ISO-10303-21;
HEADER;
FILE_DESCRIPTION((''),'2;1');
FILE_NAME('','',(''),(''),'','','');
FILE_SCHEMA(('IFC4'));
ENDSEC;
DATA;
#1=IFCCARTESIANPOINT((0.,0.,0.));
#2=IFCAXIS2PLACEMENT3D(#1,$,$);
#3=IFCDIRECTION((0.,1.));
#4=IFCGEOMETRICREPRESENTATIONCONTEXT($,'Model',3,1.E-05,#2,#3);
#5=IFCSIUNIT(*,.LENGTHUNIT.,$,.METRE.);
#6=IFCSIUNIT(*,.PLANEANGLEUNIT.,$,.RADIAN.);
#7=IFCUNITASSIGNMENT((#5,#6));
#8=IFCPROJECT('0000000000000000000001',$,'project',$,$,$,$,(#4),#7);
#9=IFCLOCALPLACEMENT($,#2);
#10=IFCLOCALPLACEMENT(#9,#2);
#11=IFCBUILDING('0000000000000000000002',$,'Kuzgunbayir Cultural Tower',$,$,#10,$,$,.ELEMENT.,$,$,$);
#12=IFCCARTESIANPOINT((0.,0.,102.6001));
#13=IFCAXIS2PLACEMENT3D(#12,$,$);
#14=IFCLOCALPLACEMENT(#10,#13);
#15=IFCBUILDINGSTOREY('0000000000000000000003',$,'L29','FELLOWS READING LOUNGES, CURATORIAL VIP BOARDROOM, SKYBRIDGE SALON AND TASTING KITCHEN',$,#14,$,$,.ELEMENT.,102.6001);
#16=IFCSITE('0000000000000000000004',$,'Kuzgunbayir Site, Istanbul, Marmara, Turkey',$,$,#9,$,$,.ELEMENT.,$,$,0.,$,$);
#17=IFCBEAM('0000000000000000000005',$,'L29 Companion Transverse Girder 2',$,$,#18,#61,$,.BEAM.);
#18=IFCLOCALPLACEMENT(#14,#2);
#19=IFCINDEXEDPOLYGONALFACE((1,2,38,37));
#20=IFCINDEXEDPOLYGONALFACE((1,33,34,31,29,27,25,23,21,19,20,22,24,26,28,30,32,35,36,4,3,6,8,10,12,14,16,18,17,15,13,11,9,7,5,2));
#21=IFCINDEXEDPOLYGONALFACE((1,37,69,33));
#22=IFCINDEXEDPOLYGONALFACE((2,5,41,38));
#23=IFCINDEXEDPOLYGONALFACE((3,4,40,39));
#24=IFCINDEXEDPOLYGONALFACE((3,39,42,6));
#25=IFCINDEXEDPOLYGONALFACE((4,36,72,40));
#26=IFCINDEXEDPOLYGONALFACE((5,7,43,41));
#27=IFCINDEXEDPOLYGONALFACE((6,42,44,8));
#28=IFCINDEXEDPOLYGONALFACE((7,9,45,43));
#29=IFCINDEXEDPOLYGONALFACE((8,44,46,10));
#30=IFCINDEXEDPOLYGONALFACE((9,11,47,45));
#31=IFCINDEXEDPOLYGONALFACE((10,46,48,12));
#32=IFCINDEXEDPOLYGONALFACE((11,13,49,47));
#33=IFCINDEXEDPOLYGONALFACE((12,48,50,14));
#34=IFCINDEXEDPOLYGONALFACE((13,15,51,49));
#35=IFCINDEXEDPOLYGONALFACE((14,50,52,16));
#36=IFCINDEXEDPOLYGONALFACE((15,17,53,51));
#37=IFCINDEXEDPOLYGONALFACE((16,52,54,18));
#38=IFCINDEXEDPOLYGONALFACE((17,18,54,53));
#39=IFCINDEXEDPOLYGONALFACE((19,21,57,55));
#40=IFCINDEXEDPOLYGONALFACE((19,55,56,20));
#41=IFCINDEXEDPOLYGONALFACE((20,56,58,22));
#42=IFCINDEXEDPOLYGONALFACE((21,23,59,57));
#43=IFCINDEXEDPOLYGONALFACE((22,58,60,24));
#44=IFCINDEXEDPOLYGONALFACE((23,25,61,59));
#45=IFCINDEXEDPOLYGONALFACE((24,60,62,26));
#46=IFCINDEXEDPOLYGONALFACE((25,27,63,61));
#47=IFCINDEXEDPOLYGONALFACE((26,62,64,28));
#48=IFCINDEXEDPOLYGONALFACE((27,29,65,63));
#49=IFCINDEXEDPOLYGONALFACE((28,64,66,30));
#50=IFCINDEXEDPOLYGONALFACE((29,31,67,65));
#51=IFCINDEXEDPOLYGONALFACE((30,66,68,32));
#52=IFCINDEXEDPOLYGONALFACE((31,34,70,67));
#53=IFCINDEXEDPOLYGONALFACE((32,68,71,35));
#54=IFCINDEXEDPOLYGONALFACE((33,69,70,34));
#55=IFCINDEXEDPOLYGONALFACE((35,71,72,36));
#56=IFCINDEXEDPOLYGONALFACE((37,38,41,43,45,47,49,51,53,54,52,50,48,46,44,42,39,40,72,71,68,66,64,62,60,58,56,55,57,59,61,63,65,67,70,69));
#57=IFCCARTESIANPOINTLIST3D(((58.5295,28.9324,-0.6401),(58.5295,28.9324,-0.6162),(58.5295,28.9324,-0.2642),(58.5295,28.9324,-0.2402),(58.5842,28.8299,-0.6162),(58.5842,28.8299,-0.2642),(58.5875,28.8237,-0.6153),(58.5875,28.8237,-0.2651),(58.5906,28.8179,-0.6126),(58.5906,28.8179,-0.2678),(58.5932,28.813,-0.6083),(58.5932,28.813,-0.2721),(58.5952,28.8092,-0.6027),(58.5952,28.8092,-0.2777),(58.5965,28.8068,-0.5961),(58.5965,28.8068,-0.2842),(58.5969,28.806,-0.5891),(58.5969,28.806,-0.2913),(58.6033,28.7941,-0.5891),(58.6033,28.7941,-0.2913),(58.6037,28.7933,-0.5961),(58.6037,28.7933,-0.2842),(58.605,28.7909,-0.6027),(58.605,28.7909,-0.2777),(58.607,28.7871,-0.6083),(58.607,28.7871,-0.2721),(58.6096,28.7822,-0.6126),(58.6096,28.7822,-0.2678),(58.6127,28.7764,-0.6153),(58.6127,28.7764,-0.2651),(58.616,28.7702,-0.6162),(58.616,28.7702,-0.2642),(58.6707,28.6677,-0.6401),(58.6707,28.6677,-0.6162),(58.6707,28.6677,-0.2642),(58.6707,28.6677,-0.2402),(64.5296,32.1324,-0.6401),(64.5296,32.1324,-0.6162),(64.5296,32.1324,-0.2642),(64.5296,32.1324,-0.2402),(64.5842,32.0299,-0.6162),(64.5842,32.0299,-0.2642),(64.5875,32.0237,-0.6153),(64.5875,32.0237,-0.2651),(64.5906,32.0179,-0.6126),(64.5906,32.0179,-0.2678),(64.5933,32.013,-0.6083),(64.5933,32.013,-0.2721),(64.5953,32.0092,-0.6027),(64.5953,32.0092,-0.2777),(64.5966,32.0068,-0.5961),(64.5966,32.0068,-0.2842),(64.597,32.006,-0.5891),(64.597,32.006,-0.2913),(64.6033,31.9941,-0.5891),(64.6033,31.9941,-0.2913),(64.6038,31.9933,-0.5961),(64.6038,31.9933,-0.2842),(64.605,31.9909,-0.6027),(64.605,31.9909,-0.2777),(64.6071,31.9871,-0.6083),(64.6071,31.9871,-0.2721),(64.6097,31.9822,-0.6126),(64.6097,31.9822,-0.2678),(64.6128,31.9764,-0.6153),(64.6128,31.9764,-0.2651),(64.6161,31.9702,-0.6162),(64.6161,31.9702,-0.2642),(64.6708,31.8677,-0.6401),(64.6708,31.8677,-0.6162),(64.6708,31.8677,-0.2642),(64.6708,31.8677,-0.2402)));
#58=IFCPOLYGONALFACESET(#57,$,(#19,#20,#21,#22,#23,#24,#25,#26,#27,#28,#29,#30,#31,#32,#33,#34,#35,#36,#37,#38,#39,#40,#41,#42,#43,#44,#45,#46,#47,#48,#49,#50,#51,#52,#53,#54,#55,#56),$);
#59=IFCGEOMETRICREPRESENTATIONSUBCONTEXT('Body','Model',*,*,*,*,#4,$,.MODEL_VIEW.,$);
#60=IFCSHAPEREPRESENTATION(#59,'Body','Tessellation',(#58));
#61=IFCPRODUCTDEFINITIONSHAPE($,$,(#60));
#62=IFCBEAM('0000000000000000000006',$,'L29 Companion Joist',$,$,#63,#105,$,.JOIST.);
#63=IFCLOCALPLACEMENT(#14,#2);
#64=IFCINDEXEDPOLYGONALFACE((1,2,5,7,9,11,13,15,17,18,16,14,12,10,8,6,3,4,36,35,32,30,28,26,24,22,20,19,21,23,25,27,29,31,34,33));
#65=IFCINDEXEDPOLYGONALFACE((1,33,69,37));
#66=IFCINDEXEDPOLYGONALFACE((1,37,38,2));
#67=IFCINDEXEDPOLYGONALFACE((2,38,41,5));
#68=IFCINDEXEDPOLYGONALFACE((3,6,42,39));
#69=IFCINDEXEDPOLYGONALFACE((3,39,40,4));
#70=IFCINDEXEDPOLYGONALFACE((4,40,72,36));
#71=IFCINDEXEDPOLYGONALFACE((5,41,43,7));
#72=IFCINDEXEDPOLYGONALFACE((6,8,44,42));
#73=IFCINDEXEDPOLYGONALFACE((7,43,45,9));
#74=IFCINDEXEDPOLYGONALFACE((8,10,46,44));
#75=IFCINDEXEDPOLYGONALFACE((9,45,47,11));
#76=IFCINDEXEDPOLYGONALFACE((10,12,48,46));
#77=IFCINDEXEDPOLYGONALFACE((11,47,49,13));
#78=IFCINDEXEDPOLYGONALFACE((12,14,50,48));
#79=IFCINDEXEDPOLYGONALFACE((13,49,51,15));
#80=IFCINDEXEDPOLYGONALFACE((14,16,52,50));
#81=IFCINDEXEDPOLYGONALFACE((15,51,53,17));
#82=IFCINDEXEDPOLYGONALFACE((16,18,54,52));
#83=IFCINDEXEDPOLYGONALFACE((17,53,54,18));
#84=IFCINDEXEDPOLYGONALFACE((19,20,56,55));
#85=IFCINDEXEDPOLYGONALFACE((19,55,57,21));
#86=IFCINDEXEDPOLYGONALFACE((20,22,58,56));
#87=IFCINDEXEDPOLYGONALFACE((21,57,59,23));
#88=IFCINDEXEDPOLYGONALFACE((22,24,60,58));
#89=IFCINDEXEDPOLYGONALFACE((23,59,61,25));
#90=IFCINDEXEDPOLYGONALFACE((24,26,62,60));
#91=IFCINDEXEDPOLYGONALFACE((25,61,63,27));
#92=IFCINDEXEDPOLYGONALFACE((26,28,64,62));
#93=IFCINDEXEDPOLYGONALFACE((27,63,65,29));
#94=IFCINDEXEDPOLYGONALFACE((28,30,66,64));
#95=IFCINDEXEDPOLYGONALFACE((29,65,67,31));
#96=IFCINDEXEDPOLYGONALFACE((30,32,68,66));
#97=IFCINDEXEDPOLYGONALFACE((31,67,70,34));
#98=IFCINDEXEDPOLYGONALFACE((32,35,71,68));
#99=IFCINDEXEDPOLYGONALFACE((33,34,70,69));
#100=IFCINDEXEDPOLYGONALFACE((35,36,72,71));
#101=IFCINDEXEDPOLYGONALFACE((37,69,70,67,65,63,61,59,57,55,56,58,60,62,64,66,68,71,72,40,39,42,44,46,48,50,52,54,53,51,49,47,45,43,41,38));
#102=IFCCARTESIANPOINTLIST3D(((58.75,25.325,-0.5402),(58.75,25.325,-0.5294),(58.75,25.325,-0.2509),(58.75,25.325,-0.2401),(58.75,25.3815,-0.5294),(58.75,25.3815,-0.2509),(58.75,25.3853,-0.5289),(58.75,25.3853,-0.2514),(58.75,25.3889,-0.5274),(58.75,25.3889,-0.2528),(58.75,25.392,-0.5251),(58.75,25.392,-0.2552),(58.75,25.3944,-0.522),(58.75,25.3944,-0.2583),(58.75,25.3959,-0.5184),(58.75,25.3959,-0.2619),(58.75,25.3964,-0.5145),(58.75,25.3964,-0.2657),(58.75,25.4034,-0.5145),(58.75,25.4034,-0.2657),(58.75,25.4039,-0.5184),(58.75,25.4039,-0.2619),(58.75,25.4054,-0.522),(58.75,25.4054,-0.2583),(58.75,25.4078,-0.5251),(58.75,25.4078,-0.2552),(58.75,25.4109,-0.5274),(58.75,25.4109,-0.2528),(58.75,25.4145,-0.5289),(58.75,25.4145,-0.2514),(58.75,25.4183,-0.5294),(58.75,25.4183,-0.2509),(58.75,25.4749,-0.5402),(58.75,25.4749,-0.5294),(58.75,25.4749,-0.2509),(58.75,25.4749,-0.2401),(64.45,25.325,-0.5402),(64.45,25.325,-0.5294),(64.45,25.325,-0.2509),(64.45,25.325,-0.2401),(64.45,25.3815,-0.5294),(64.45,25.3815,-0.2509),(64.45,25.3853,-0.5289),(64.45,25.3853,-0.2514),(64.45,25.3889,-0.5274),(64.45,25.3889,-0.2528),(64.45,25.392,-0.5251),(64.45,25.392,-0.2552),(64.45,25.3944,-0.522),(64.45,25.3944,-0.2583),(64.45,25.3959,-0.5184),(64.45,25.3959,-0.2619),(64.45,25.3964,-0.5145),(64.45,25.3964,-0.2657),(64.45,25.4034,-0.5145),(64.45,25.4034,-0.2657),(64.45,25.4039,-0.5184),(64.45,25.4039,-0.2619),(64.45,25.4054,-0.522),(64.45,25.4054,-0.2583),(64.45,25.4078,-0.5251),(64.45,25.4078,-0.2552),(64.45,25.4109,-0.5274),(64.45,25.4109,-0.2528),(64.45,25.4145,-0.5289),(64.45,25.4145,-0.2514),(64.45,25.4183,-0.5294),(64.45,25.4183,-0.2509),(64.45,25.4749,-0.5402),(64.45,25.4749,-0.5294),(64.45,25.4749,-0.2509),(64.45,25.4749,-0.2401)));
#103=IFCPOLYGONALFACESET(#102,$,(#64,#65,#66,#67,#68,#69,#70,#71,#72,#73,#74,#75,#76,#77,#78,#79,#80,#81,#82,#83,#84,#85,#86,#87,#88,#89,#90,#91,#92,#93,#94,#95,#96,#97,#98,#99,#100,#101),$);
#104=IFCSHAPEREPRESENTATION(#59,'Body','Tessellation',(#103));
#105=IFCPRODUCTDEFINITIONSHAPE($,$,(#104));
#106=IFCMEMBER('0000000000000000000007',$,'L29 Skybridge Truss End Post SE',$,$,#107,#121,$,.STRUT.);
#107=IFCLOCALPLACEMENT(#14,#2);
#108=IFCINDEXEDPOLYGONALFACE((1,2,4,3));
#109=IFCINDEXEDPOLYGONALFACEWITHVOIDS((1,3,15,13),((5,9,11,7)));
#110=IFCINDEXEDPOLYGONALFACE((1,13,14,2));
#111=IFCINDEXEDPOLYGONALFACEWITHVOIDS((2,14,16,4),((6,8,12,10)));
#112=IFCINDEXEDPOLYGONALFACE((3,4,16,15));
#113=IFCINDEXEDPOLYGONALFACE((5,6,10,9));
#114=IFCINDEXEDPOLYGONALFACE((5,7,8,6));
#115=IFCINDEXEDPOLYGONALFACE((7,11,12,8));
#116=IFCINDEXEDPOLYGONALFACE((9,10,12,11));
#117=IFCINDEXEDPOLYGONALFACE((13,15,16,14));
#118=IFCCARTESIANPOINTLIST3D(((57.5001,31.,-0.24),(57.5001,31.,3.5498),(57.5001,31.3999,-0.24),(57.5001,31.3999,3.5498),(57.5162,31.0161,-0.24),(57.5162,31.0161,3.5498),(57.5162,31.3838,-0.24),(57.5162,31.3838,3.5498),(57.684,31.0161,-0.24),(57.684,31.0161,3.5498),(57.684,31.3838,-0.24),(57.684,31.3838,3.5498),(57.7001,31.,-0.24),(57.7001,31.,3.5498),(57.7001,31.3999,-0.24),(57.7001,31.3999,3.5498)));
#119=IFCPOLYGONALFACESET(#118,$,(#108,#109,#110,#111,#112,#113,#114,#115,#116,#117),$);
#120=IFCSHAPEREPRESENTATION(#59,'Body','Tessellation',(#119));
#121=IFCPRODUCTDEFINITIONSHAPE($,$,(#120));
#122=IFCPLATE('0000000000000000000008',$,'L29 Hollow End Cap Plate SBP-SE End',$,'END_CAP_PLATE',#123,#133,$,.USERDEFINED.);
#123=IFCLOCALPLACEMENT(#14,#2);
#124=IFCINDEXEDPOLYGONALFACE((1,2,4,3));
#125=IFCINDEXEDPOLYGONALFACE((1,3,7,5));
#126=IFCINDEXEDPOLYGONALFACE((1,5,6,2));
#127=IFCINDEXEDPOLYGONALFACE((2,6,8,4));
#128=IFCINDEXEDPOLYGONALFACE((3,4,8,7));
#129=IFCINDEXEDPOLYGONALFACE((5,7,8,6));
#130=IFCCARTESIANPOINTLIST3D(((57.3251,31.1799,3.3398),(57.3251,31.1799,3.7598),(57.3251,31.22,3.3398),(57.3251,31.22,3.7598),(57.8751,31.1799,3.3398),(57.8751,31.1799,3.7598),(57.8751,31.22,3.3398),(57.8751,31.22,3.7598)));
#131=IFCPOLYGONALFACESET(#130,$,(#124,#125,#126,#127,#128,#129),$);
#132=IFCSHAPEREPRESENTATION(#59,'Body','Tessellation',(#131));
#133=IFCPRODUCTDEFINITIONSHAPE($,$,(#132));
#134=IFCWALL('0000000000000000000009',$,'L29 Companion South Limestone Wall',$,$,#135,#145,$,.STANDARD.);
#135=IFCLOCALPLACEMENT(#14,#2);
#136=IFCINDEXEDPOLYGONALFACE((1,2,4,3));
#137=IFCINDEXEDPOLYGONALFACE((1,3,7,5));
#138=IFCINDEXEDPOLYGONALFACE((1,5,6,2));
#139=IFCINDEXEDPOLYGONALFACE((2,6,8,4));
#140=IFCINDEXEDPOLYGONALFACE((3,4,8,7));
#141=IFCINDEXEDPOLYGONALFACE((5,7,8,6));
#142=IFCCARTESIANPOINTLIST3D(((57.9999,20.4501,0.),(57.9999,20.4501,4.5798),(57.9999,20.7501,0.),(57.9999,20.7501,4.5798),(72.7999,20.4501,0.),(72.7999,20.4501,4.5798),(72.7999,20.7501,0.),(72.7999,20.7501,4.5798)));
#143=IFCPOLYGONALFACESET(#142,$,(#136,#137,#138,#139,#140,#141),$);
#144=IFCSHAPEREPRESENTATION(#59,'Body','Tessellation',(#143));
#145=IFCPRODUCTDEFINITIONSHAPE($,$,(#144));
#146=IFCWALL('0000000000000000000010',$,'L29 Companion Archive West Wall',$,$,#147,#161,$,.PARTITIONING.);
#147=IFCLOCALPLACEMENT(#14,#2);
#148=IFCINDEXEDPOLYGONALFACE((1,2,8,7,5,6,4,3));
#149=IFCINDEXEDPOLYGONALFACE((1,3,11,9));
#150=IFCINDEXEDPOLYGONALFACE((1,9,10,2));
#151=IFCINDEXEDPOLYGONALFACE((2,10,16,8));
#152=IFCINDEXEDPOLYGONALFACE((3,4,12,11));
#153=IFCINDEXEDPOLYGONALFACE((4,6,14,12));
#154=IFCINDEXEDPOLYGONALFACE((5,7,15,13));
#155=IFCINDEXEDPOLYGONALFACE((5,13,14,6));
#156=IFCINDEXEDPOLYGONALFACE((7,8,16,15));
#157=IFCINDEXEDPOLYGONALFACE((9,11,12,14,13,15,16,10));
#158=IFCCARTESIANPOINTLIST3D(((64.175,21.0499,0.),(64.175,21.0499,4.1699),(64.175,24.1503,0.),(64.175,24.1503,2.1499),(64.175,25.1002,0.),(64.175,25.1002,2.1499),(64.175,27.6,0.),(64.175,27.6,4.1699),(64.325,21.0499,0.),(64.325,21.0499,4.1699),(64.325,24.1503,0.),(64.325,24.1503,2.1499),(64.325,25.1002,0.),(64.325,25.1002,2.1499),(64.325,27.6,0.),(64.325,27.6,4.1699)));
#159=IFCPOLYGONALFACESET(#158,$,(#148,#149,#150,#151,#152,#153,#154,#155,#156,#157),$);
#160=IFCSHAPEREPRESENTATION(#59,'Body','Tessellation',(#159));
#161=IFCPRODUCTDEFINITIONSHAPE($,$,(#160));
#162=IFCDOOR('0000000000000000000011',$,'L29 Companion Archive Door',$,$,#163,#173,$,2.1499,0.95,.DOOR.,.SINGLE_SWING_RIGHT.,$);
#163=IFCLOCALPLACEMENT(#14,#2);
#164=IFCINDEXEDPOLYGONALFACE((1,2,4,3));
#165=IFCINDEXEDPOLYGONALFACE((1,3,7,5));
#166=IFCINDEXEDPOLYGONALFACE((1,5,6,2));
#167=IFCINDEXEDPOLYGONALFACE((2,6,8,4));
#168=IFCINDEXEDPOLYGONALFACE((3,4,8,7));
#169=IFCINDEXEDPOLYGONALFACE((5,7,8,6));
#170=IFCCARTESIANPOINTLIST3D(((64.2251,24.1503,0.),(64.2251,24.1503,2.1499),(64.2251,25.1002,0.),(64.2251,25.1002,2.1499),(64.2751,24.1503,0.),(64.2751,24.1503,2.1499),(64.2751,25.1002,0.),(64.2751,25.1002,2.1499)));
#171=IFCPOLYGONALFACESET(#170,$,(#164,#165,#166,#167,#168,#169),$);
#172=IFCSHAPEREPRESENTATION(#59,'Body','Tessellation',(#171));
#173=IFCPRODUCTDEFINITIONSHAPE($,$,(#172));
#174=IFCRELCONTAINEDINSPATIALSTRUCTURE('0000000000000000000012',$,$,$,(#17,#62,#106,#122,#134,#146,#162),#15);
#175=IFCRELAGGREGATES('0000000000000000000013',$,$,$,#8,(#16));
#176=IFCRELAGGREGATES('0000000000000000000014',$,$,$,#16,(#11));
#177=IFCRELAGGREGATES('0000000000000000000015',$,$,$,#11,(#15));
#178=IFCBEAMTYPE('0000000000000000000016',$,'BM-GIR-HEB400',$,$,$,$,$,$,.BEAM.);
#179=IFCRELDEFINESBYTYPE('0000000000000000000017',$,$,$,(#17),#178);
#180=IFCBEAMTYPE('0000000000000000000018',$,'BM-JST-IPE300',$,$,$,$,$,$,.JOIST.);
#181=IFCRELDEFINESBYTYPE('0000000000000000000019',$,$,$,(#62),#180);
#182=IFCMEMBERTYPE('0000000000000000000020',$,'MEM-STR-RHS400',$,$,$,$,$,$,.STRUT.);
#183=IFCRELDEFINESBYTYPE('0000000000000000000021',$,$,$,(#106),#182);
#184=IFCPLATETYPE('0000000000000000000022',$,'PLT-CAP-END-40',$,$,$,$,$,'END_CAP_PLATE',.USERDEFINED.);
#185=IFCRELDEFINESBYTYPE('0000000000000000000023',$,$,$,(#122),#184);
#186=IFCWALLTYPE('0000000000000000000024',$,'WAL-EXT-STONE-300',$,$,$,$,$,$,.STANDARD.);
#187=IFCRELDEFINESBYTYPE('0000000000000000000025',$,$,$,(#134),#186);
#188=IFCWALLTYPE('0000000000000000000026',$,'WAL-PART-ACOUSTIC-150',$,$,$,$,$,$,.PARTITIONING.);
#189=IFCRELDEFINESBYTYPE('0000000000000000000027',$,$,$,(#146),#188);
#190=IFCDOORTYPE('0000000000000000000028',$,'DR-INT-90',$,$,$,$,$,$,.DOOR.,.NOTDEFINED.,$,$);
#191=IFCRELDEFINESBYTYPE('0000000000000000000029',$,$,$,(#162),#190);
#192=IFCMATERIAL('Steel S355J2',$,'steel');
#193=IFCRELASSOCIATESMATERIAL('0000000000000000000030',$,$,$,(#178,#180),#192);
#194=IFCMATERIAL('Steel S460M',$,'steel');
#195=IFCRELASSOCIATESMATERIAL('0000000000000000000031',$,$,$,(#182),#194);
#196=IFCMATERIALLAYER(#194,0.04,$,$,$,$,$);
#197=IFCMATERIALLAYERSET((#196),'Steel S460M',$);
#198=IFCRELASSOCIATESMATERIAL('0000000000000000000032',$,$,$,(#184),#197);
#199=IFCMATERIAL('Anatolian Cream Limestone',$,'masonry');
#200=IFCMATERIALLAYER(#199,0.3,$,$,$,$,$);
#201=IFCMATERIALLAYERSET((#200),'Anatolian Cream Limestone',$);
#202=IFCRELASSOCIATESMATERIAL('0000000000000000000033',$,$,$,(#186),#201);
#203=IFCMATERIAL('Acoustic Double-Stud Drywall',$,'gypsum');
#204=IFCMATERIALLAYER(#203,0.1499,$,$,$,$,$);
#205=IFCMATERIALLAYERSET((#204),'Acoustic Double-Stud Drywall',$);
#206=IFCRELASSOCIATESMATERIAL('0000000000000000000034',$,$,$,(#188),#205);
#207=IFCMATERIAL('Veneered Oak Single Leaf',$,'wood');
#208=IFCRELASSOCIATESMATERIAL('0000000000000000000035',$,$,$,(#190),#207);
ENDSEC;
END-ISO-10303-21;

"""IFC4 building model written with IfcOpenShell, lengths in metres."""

from ifc_helpers import new_model, si_unit, direction, frame, frame_2d, origin, origin_2d, place, context, subcontext, project, spatial, rectangle, hollow_rectangle, i_section, extrude, material, layer, layer_set, material_profile, profile_set, type_object, element, fill, save


model = new_model("IFC4")

# Units and contexts
model_context = context("Model", 3, precision=1e-05, world=origin(), true_north=direction((0.0, 1.0)))
body_context = subcontext(model_context, "Body", "Model", "MODEL_VIEW")
ifc_project = project(units=[si_unit("LENGTHUNIT", "METRE"), si_unit("PLANEANGLEUNIT", "RADIAN")], contexts=[model_context])

# Site, building, storey
site_placement = place(None, origin())
site = spatial("IfcSite", under=ifc_project, at=site_placement, Name="Kuzgunbayir Site, Istanbul, Marmara, Turkey", CompositionType="ELEMENT", RefElevation=0.0)
building_placement = place(site_placement, origin())
building = spatial("IfcBuilding", under=site, at=building_placement, Name="Kuzgunbayir Cultural Tower", CompositionType="ELEMENT")
storey_placement = place(building_placement, frame((0.0, 0.0, 102.6001)))
storey = spatial("IfcBuildingStorey", under=building, at=storey_placement, Name="L29", Description="FELLOWS READING LOUNGES, CURATORIAL VIP BOARDROOM, SKYBRIDGE SALON AND TASTING KITCHEN", CompositionType="ELEMENT", Elevation=102.6001)

# Beams
ifc_material_1 = material(Name="Steel S355J2", Category="steel")
ifc_material_profile_1 = material_profile(ifc_material_1, i_section(OverallWidth=0.3, OverallDepth=0.3999, WebThickness=0.0134, FlangeThickness=0.0239, FilletRadius=0.0271, at=origin_2d()), Name="HEB 400")
ifc_profile_set_1 = profile_set([ifc_material_profile_1], Name="Steel S355J2")
beam_type_1 = type_object("IfcBeamType", Name="BM-GIR-HEB400", PredefinedType="BEAM", material=ifc_profile_set_1)
beam_1_placement = place(storey_placement, frame((58.6001, 28.8, -0.4402), z_axis=(0.882356, 0.470583, 0.0), x_axis=(-0.470583, 0.882356, 0.0)))
element("IfcBeam", 1, at=beam_1_placement, inside=storey, type_object=beam_type_1, Name="L29 Companion Transverse Girder 2", PredefinedType="BEAM", context=body_context, shape_type="SweptSolid", body=[
    extrude(i_section(OverallWidth=0.3, OverallDepth=0.3999, WebThickness=0.0134, FlangeThickness=0.0239, FilletRadius=0.0271, at=origin_2d()), origin(), (0.0, 0.0, 1.0), 6.8),
])
ifc_material_profile_2 = material_profile(ifc_material_1, i_section(OverallWidth=0.1499, OverallDepth=0.3, WebThickness=0.0071, FlangeThickness=0.0107, FilletRadius=0.0149, at=origin_2d()), Name="IPE 300")
ifc_profile_set_2 = profile_set([ifc_material_profile_2], Name="Steel S355J2")
beam_type_2 = type_object("IfcBeamType", Name="BM-JST-IPE300", PredefinedType="JOIST", material=ifc_profile_set_2)
beam_2_placement = place(storey_placement, frame((58.75, 25.3999, -0.3901), z_axis=(1.0, 0.0, 0.0), x_axis=(0.0, 1.0, 0.0)))
element("IfcBeam", 2, at=beam_2_placement, inside=storey, type_object=beam_type_2, Name="L29 Companion Joist", PredefinedType="JOIST", context=body_context, shape_type="SweptSolid", body=[
    extrude(i_section(OverallWidth=0.1499, OverallDepth=0.3, WebThickness=0.0071, FlangeThickness=0.0107, FilletRadius=0.0149, at=origin_2d()), origin(), (0.0, 0.0, 1.0), 5.7),
])

# Member
ifc_material_2 = material(Name="Steel S460M", Category="steel")
ifc_material_profile_3 = material_profile(ifc_material_2, hollow_rectangle(XDim=0.2, YDim=0.3999, WallThickness=0.0161, at=origin_2d()), Name="RHS 400x200x16")
ifc_profile_set_3 = profile_set([ifc_material_profile_3], Name="Steel S460M")
member_type = type_object("IfcMemberType", Name="MEM-STR-RHS400", PredefinedType="STRUT", material=ifc_profile_set_3)
member_placement = place(storey_placement, frame((57.6001, 31.2, -0.24), z_axis=(0.0, 0.0, 1.0), x_axis=(1.0, 0.0, 0.0)))
element("IfcMember", 3, at=member_placement, inside=storey, type_object=member_type, Name="L29 Skybridge Truss End Post SE", PredefinedType="STRUT", context=body_context, shape_type="SweptSolid", body=[
    extrude(hollow_rectangle(XDim=0.2, YDim=0.3999, WallThickness=0.0161, at=origin_2d()), origin(), (0.0, 0.0, 1.0), 3.7898),
])

# Plate
ifc_layer_1 = layer(ifc_material_2, 0.04)
ifc_layer_set_1 = layer_set([ifc_layer_1], Name="Steel S460M")
plate_type = type_object("IfcPlateType", Name="PLT-CAP-END-40", ElementType="END_CAP_PLATE", PredefinedType="USERDEFINED", material=ifc_layer_set_1)
plate_placement = place(storey_placement, frame((57.6001, 31.2, 3.3398), z_axis=(0.0, 0.0, 1.0), x_axis=(1.0, 0.0, 0.0)))
element("IfcPlate", 4, at=plate_placement, inside=storey, type_object=plate_type, Name="L29 Hollow End Cap Plate SBP-SE End", ObjectType="END_CAP_PLATE", PredefinedType="USERDEFINED", context=body_context, shape_type="SweptSolid", body=[
    extrude(rectangle(XDim=0.55, YDim=0.04, at=origin_2d()), origin(), (0.0, 0.0, 1.0), 0.4199),
])

# Wall
ifc_material_3 = material(Name="Anatolian Cream Limestone", Category="masonry")
ifc_layer_2 = layer(ifc_material_3, 0.3)
ifc_layer_set_2 = layer_set([ifc_layer_2], Name="Anatolian Cream Limestone")
wall_type_1 = type_object("IfcWallType", Name="WAL-EXT-STONE-300", PredefinedType="STANDARD", material=ifc_layer_set_2)
wall_1_placement = place(storey_placement, frame((58.0, 20.6001, 0.0), z_axis=(0.0, 0.0, 1.0), x_axis=(1.0, 0.0, 0.0)))
element("IfcWall", 5, at=wall_1_placement, inside=storey, type_object=wall_type_1, Name="L29 Companion South Limestone Wall", PredefinedType="STANDARD", context=body_context, shape_type="SweptSolid", body=[
    extrude(rectangle(XDim=14.8, YDim=0.3, at=frame_2d((7.3999, 0.0))), origin(), (0.0, 0.0, 1.0), 4.5798),
])

# Wall, opening, door
ifc_material_4 = material(Name="Acoustic Double-Stud Drywall", Category="gypsum")
ifc_layer_3 = layer(ifc_material_4, 0.1499)
ifc_layer_set_3 = layer_set([ifc_layer_3], Name="Acoustic Double-Stud Drywall")
wall_type_2 = type_object("IfcWallType", Name="WAL-PART-ACOUSTIC-150", PredefinedType="PARTITIONING", material=ifc_layer_set_3)
wall_2_placement = place(storey_placement, frame((64.25, 21.05, 0.0), z_axis=(0.0, 0.0, 1.0), x_axis=(0.0, 1.0, 0.0)))
wall_2 = element("IfcWall", 6, at=wall_2_placement, inside=storey, type_object=wall_type_2, Name="L29 Companion Archive West Wall", PredefinedType="PARTITIONING", context=body_context, shape_type="SweptSolid", body=[
    extrude(rectangle(XDim=6.55, YDim=0.1499, at=frame_2d((3.2749, 0.0))), origin(), (0.0, 0.0, 1.0), 4.1699),
])
opening_1_placement = place(wall_2_placement, frame((3.1001, 0.0, 0.0)))
opening_1 = element("IfcOpeningElement", 7, at=opening_1_placement, cuts=wall_2, PredefinedType="OPENING", context=body_context, shape_type="SweptSolid", body=[
    extrude(rectangle(XDim=0.95, YDim=2.1499, at=frame_2d((0.4751, 1.075))), frame((0.0, 0.085, 0.0), z_axis=(0.0, -1.0, 0.0), x_axis=(1.0, 0.0, 0.0)), (0.0, 0.0, 1.0), 0.1699),
])
ifc_material_5 = material(Name="Veneered Oak Single Leaf", Category="wood")
door_type_1 = type_object("IfcDoorType", Name="DR-INT-90", OperationType="NOTDEFINED", PredefinedType="DOOR", material=ifc_material_5)
door_1_placement = place(opening_1_placement, origin())
door_1 = element("IfcDoor", 8, at=door_1_placement, inside=storey, type_object=door_type_1, Name="L29 Companion Archive Door", OperationType="SINGLE_SWING_RIGHT", OverallHeight=2.1499, OverallWidth=0.95, PredefinedType="DOOR", context=body_context, shape_type="SweptSolid", body=[
    extrude(rectangle(XDim=0.95, YDim=2.1499, at=frame_2d((0.4751, 1.075))), frame((0.0, 0.0249, 0.0), z_axis=(0.0, -1.0, 0.0), x_axis=(1.0, 0.0, 0.0)), (0.0, 0.0, 1.0), 0.05),
])
fill(opening_1, door_1)

save(model, "model.ifc")
